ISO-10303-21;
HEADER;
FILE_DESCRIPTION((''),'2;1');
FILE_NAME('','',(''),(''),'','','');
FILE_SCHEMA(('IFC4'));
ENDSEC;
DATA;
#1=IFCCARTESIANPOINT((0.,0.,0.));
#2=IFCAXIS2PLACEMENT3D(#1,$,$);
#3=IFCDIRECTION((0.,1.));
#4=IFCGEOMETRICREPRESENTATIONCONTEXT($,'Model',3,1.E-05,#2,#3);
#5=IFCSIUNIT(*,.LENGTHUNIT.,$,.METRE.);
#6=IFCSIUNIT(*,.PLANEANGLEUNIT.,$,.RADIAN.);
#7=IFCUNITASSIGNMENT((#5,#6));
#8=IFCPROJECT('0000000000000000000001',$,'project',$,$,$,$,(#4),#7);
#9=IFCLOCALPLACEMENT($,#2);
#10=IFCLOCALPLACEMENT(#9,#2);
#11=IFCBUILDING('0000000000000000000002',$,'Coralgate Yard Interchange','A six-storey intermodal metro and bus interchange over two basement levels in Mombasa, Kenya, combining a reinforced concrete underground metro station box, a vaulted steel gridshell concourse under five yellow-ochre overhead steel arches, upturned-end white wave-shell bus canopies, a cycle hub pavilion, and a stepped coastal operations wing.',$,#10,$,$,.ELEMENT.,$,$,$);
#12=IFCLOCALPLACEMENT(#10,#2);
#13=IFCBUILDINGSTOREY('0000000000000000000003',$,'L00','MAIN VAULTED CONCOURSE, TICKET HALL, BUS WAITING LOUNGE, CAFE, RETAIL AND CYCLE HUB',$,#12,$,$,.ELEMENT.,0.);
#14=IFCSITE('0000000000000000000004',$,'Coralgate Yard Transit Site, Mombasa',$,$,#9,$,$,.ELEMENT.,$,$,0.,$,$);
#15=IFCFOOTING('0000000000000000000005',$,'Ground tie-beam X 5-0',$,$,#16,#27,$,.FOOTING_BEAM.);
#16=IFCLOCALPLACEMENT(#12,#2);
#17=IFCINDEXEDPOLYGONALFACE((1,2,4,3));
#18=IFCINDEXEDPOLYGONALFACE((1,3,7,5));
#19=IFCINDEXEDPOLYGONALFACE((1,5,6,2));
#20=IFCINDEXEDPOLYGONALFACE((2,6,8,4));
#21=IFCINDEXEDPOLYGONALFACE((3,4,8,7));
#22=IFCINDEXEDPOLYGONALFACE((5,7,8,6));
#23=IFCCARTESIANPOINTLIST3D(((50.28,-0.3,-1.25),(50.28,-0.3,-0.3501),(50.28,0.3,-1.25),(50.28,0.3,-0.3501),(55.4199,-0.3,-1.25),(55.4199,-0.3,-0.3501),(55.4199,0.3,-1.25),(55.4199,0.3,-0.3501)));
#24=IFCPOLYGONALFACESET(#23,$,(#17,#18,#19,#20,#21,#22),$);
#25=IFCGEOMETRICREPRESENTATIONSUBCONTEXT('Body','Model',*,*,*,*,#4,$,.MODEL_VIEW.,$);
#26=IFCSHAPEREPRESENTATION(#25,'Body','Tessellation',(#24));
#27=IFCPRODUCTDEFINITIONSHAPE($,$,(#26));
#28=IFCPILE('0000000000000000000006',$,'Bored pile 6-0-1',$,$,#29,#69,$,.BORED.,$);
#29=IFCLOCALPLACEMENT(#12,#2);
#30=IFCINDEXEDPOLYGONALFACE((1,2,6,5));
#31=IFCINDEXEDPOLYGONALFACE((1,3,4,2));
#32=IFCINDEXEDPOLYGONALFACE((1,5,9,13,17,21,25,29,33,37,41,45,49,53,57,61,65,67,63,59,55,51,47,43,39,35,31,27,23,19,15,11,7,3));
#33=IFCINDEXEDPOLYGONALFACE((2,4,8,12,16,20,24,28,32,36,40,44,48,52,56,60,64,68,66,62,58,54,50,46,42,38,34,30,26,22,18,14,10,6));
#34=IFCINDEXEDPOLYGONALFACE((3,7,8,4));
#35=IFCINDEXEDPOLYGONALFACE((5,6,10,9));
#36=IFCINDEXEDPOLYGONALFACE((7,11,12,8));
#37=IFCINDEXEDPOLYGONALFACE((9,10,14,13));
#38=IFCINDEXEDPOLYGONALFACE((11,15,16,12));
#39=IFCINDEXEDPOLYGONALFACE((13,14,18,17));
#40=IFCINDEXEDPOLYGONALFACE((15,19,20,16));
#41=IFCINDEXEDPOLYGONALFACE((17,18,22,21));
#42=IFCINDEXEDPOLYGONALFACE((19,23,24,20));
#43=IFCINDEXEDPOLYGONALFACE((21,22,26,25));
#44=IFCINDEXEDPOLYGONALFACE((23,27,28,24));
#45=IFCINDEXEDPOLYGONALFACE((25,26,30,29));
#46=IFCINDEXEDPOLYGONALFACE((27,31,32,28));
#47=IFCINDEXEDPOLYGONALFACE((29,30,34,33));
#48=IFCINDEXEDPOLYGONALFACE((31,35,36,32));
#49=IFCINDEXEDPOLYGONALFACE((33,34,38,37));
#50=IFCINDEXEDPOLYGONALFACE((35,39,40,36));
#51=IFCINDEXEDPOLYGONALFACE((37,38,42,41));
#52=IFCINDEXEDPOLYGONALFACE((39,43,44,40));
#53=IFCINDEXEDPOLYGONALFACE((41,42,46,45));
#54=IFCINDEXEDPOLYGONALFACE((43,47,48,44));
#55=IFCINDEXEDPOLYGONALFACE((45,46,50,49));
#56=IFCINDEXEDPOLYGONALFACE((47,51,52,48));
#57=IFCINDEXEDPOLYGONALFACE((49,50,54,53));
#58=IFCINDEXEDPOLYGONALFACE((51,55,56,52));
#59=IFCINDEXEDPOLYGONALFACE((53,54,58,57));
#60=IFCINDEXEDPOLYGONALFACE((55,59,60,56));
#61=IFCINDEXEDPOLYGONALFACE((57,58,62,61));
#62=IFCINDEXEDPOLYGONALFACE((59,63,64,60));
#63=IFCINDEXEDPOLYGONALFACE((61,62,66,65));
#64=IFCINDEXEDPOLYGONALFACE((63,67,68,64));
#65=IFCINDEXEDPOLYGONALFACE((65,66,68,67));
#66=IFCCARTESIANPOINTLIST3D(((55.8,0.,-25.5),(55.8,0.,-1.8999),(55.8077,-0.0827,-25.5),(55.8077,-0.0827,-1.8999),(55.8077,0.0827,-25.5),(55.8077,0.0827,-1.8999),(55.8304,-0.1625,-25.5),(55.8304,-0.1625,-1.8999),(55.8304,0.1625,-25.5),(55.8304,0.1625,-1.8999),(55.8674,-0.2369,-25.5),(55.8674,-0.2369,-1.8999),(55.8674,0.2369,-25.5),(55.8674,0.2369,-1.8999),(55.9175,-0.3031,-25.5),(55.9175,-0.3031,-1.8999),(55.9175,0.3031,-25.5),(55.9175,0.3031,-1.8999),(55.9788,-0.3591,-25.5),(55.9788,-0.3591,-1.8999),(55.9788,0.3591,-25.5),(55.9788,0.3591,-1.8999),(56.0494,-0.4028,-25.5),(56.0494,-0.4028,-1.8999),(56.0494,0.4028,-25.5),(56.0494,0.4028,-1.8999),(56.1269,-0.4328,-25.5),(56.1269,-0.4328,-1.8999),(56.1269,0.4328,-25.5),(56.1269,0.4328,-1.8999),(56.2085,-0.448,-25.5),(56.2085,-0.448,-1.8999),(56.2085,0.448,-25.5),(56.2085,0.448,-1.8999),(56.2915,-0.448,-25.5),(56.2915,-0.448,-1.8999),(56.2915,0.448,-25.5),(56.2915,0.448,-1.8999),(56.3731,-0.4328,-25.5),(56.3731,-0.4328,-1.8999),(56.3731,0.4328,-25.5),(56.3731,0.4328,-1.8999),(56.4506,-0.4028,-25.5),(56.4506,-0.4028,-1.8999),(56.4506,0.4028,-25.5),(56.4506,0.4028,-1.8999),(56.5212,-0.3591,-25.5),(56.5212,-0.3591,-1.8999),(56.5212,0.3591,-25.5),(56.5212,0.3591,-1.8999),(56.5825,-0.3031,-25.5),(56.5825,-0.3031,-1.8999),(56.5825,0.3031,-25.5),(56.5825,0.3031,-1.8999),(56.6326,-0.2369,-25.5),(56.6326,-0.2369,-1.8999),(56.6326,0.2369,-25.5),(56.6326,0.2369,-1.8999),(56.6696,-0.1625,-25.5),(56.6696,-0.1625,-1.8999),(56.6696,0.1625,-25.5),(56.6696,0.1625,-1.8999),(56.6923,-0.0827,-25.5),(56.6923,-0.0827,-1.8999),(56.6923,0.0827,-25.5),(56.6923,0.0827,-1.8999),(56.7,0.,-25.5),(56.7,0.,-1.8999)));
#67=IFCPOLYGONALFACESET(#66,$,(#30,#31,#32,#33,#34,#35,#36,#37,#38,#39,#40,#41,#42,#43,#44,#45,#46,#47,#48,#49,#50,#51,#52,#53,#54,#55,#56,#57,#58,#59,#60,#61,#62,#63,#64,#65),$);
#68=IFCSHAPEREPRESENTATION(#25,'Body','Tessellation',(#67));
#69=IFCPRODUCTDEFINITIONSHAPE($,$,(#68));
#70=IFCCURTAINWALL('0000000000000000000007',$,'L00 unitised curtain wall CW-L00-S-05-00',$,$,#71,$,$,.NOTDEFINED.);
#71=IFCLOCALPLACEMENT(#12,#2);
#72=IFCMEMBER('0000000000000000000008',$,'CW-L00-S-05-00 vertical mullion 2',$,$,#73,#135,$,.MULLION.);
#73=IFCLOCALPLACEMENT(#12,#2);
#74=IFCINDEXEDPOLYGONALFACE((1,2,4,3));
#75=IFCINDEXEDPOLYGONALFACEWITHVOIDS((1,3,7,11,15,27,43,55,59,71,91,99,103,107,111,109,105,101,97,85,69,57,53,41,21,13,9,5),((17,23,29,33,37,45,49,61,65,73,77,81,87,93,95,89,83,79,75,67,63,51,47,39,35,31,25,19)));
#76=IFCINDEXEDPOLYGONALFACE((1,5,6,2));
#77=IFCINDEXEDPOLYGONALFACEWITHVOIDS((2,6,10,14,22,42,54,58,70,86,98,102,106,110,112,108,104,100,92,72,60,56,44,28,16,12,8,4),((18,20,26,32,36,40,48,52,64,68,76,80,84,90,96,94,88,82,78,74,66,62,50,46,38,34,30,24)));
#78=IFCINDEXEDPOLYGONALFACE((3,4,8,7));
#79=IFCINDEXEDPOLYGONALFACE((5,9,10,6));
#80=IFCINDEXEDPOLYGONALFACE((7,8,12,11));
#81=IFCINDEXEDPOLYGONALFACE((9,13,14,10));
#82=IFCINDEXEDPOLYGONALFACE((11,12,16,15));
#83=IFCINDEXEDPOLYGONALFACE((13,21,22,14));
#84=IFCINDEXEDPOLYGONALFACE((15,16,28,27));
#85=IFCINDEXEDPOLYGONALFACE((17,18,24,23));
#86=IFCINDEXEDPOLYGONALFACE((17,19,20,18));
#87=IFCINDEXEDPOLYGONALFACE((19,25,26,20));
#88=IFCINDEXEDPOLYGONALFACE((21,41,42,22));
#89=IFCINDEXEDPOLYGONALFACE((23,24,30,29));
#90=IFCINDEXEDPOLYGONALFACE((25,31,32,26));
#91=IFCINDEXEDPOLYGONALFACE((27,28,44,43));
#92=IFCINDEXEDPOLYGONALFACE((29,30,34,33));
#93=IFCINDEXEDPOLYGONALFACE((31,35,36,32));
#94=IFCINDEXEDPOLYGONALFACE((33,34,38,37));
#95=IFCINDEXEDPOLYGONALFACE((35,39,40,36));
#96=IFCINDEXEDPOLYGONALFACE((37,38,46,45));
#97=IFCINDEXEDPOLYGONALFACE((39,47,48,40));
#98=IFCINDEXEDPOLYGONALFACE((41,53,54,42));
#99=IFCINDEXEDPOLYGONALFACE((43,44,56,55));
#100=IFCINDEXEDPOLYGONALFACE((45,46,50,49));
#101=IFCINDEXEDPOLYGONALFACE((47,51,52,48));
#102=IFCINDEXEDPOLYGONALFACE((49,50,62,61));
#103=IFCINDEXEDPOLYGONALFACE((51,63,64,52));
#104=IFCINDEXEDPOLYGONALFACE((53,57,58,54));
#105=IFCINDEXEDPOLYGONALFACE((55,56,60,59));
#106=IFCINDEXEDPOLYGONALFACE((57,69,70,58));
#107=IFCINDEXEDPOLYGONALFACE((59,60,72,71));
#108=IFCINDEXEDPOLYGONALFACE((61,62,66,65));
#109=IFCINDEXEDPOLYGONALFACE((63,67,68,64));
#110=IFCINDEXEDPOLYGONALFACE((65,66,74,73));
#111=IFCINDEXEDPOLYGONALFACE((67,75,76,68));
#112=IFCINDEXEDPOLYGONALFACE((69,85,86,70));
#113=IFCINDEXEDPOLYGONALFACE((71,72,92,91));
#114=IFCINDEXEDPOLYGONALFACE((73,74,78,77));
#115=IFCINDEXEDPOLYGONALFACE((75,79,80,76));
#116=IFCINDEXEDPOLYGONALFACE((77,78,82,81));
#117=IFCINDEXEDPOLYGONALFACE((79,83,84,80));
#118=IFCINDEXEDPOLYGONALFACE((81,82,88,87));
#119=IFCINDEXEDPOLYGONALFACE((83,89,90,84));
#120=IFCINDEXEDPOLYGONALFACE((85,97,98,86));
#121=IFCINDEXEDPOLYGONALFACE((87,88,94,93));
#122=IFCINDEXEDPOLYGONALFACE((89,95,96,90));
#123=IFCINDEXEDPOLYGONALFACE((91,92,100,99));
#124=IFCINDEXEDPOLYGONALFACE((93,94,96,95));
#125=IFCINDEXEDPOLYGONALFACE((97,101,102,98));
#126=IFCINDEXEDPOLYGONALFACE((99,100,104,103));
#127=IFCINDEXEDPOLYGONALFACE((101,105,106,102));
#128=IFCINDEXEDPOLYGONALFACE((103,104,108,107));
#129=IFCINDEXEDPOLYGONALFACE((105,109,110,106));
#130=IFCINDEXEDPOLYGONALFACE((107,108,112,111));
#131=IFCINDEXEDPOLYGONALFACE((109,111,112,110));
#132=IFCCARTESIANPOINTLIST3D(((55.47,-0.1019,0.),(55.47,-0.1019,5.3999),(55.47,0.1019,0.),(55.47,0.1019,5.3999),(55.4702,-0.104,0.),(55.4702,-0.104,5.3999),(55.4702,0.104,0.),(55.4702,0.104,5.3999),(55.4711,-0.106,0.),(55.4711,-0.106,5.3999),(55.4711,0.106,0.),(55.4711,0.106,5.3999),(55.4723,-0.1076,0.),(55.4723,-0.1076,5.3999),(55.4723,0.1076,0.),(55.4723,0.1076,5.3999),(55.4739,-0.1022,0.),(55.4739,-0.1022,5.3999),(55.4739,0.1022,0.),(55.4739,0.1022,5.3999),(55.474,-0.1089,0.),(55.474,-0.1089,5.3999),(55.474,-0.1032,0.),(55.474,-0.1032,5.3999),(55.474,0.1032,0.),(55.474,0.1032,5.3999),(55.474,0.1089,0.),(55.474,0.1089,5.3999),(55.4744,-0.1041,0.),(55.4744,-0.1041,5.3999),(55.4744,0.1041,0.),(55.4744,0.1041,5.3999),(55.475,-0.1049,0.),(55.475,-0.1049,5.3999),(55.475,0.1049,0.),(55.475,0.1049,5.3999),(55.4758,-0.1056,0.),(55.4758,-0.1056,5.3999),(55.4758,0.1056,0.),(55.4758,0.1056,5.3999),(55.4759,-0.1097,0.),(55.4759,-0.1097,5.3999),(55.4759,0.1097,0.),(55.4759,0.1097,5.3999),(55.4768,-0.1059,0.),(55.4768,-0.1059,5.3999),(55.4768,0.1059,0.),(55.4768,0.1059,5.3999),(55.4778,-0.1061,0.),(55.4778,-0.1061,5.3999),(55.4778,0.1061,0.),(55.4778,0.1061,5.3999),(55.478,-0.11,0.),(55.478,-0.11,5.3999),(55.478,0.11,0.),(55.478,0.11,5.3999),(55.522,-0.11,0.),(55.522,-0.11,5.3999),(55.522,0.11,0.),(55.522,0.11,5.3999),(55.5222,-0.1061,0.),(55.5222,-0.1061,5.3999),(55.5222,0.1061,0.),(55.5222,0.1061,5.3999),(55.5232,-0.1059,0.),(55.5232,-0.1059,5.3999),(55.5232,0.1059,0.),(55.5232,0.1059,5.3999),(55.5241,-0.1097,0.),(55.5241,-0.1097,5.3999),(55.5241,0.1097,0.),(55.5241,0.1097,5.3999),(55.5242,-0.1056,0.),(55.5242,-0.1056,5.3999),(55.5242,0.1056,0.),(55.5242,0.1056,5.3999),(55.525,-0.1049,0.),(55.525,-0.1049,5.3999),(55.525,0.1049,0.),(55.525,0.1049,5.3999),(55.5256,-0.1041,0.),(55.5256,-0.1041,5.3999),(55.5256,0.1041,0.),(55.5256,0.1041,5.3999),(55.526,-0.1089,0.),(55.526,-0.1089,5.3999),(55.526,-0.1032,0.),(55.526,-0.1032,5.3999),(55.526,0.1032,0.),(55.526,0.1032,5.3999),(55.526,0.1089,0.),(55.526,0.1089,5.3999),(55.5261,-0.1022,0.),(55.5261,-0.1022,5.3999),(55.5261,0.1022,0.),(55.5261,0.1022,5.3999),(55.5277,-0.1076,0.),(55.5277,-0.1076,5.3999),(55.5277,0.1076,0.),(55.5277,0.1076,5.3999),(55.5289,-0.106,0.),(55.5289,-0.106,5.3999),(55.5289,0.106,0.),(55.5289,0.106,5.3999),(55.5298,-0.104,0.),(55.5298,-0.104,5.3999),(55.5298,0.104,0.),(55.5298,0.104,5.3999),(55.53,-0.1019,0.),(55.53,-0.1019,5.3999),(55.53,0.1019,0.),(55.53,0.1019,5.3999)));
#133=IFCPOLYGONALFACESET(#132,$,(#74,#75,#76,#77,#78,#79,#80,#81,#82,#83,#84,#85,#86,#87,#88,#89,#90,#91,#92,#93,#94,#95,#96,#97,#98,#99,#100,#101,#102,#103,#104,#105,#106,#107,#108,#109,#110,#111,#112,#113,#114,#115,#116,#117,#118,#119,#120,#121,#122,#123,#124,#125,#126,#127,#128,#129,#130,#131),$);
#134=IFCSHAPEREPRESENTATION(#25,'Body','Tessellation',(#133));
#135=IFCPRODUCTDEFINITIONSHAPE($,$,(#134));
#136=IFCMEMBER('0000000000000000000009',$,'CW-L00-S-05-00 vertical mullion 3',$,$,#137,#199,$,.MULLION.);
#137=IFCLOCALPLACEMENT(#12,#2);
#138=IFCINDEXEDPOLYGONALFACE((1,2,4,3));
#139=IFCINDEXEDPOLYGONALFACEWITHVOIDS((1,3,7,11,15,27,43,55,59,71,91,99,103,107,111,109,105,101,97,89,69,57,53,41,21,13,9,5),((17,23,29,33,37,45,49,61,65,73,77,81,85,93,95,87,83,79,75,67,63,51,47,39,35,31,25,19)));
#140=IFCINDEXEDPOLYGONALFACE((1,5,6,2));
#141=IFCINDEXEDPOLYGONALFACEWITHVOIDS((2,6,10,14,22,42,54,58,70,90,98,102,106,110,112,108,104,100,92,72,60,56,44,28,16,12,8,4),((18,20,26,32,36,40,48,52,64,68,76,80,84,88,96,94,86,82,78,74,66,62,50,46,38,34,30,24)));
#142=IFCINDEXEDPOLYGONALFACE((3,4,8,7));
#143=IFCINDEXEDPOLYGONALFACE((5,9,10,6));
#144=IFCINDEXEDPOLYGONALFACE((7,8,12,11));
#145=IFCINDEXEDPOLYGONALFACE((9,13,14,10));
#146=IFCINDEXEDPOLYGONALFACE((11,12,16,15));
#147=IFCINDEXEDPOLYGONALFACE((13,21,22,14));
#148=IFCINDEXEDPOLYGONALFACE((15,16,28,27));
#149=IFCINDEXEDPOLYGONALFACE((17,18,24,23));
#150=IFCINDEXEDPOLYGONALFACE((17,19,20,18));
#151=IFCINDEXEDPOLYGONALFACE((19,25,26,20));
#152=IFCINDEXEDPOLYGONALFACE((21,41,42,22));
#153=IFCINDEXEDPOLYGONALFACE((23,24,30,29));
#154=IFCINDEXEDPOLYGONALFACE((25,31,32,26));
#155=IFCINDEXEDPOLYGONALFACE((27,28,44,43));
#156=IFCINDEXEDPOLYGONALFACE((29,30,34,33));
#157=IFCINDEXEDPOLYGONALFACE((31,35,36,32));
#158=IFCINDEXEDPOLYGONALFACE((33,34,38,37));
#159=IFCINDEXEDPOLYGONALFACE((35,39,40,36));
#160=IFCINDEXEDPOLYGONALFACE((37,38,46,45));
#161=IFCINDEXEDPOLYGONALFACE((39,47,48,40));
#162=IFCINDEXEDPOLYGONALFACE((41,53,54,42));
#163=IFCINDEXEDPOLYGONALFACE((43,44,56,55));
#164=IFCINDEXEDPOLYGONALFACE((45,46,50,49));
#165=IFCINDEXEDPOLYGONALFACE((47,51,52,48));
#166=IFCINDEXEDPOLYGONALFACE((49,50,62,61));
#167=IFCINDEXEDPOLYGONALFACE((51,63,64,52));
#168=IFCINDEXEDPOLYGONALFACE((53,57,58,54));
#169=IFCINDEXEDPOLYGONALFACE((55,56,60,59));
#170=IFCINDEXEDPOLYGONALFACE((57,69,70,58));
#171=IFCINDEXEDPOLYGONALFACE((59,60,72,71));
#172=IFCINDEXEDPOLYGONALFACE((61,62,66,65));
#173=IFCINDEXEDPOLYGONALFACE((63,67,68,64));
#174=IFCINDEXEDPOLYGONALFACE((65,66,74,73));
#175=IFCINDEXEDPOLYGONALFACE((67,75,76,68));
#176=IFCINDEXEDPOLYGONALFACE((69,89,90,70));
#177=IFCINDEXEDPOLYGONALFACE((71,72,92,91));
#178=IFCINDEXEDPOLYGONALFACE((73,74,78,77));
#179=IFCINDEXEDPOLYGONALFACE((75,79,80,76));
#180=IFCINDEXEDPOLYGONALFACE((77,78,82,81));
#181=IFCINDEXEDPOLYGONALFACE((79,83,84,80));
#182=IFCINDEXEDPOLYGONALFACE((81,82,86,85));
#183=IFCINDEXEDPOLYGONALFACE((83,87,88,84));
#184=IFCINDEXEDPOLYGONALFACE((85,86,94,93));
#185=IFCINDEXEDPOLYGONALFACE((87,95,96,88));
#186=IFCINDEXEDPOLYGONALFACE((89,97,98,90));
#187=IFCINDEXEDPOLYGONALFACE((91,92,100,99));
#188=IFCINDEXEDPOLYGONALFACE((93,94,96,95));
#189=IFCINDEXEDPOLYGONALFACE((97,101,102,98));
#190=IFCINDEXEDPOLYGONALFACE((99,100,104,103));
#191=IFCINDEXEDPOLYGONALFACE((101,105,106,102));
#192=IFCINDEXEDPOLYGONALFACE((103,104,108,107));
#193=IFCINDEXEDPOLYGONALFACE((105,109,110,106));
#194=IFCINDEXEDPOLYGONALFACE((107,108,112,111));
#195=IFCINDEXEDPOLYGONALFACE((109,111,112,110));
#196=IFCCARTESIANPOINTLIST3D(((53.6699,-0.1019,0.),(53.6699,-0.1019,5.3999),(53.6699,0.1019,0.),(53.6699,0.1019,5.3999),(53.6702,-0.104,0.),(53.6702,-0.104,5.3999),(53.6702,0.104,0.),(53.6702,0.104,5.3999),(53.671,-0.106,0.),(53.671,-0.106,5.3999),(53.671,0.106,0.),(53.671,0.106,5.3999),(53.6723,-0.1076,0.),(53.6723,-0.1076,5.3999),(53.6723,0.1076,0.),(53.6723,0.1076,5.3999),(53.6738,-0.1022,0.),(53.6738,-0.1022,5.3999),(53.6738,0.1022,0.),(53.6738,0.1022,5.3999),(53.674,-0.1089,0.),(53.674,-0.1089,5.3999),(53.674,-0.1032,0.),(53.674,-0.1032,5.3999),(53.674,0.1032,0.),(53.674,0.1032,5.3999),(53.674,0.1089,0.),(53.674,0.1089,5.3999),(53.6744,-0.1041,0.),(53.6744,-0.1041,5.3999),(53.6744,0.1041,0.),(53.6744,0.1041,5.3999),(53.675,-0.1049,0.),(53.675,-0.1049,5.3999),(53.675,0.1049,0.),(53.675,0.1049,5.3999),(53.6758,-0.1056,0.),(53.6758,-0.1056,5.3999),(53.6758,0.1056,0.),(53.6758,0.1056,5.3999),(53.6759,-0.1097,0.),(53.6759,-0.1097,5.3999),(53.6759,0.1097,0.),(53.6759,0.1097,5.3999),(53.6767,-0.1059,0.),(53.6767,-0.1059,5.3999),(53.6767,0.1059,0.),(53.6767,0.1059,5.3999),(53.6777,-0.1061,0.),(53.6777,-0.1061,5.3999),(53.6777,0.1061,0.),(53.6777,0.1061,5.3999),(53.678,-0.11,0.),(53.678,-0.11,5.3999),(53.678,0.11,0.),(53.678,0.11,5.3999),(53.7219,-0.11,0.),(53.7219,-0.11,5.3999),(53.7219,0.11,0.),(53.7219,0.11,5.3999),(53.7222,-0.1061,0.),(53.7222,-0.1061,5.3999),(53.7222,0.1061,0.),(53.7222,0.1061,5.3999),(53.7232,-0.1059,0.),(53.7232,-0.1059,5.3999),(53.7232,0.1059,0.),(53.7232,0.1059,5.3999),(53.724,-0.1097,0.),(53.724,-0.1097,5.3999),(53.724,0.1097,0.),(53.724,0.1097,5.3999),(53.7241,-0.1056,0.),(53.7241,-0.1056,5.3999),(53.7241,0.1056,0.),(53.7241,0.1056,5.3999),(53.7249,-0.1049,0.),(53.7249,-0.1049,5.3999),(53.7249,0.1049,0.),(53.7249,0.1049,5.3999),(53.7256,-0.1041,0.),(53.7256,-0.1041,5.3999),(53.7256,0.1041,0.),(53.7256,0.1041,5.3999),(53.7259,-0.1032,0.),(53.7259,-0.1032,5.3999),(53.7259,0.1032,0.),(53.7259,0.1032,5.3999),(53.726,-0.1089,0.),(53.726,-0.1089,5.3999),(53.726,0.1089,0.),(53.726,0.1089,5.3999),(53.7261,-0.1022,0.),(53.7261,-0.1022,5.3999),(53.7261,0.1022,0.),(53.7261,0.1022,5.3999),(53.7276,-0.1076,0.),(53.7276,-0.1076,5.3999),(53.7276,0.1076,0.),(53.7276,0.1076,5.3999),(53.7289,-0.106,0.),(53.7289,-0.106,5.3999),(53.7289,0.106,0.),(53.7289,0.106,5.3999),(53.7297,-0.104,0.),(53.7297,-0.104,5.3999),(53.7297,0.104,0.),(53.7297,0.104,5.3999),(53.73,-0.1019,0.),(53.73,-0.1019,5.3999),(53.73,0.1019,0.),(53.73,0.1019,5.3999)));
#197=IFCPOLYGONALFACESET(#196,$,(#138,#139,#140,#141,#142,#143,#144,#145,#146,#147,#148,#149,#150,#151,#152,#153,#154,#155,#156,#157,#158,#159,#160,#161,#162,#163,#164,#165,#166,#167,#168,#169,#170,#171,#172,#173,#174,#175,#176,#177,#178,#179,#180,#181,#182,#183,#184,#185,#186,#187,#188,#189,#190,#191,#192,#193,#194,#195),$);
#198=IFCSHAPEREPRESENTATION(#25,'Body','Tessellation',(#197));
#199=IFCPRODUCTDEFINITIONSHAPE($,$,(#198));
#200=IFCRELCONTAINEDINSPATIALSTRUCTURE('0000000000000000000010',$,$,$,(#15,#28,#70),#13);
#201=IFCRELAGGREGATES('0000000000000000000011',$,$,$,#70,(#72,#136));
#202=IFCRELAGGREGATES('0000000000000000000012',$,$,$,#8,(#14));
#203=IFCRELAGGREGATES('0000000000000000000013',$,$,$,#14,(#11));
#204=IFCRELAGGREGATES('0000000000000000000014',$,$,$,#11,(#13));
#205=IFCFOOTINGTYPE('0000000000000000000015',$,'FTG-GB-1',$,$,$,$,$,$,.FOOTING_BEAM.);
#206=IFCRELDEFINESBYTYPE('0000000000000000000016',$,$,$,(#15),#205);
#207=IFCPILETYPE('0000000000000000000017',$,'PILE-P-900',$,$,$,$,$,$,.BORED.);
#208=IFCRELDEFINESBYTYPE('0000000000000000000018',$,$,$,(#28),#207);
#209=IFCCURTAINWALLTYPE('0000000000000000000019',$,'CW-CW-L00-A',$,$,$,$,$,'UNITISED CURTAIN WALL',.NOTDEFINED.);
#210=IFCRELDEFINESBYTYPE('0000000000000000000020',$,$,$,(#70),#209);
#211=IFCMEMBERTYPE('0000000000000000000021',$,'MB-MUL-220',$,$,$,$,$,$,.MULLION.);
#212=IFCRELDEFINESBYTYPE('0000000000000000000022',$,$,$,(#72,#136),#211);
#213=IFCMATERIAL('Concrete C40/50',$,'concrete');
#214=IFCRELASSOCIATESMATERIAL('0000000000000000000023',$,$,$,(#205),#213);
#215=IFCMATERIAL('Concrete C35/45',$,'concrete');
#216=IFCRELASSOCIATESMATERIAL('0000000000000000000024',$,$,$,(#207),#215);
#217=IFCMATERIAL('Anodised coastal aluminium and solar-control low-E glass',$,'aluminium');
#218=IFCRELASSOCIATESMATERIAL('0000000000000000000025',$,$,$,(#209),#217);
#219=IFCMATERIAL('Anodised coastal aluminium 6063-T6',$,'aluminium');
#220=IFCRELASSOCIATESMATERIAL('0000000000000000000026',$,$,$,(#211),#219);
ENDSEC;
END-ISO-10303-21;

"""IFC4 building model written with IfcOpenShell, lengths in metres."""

from ifc_helpers import new_model, si_unit, direction, frame, origin, origin_2d, place, context, subcontext, project, spatial, rectangle, hollow_rectangle, circle, extrude, material, material_profile, profile_set, type_object, element, aggregate, save


model = new_model("IFC4")

# Units and contexts
model_context = context("Model", 3, precision=1e-05, world=origin(), true_north=direction((0.0, 1.0)))
body_context = subcontext(model_context, "Body", "Model", "MODEL_VIEW")
ifc_project = project(units=[si_unit("LENGTHUNIT", "METRE"), si_unit("PLANEANGLEUNIT", "RADIAN")], contexts=[model_context])

# Site, building, storey
site_placement = place(None, origin())
site = spatial("IfcSite", under=ifc_project, at=site_placement, Name="Coralgate Yard Transit Site, Mombasa", CompositionType="ELEMENT", RefElevation=0.0)
building_placement = place(site_placement, origin())
building = spatial("IfcBuilding", under=site, at=building_placement, Name="Coralgate Yard Interchange", Description="A six-storey intermodal metro and bus interchange over two basement levels in Mombasa, Kenya, combining a reinforced concrete underground metro station box, a vaulted steel gridshell concourse under five yellow-ochre overhead steel arches, upturned-end white wave-shell bus canopies, a cycle hub pavilion, and a stepped coastal operations wing.", CompositionType="ELEMENT")
storey_placement = place(building_placement, origin())
storey = spatial("IfcBuildingStorey", under=building, at=storey_placement, Name="L00", Description="MAIN VAULTED CONCOURSE, TICKET HALL, BUS WAITING LOUNGE, CAFE, RETAIL AND CYCLE HUB", CompositionType="ELEMENT", Elevation=0.0)

# Footing
ifc_material_1 = material(Name="Concrete C40/50", Category="concrete")
ifc_material_profile_1 = material_profile(ifc_material_1, rectangle(XDim=0.6001, YDim=0.8999, at=origin_2d()), Name="RC 600x900")
ifc_profile_set_1 = profile_set([ifc_material_profile_1], Name="Concrete C40/50")
footing_type = type_object("IfcFootingType", Name="FTG-GB-1", PredefinedType="FOOTING_BEAM", material=ifc_profile_set_1)
footing_placement = place(storey_placement, frame((50.28, 0.0, -0.8), z_axis=(1.0, 0.0, 0.0), x_axis=(0.0, 1.0, 0.0)))
element("IfcFooting", 1, at=footing_placement, inside=storey, type_object=footing_type, Name="Ground tie-beam X 5-0", PredefinedType="FOOTING_BEAM", context=body_context, shape_type="SweptSolid", body=[
    extrude(rectangle(XDim=0.6001, YDim=0.8999, at=origin_2d()), origin(), (0.0, 0.0, 1.0), 5.1399),
])

# Pile
ifc_material_2 = material(Name="Concrete C35/45", Category="concrete")
ifc_material_profile_2 = material_profile(ifc_material_2, circle(Radius=0.45, at=origin_2d()), Name="BORED PILE D900")
ifc_profile_set_2 = profile_set([ifc_material_profile_2], Name="Concrete C35/45")
pile_type = type_object("IfcPileType", Name="PILE-P-900", PredefinedType="BORED", material=ifc_profile_set_2)
pile_placement = place(storey_placement, frame((56.25, 0.0, -1.8999), z_axis=(0.0, 0.0, -1.0), x_axis=(1.0, 0.0, 0.0)))
element("IfcPile", 2, at=pile_placement, inside=storey, type_object=pile_type, Name="Bored pile 6-0-1", PredefinedType="BORED", context=body_context, shape_type="SweptSolid", body=[
    extrude(circle(Radius=0.45, at=origin_2d()), origin(), (0.0, 0.0, 1.0), 23.6001),
])

# Curtain wall, members
ifc_material_3 = material(Name="Anodised coastal aluminium and solar-control low-E glass", Category="aluminium")
curtain_wall_type = type_object("IfcCurtainWallType", Name="CW-CW-L00-A", ElementType="UNITISED CURTAIN WALL", PredefinedType="NOTDEFINED", material=ifc_material_3)
curtain_wall_placement = place(storey_placement, origin())
curtain_wall = element("IfcCurtainWall", 3, at=curtain_wall_placement, inside=storey, type_object=curtain_wall_type, Name="L00 unitised curtain wall CW-L00-S-05-00", PredefinedType="NOTDEFINED")
ifc_material_4 = material(Name="Anodised coastal aluminium 6063-T6", Category="aluminium")
ifc_material_profile_3 = material_profile(ifc_material_4, hollow_rectangle(XDim=0.0601, YDim=0.22, WallThickness=0.0039, InnerFilletRadius=0.0039, OuterFilletRadius=0.0081, at=origin_2d()), Name="ALU 60x220x4")
ifc_profile_set_3 = profile_set([ifc_material_profile_3], Name="Anodised coastal aluminium 6063-T6")
member_type_1 = type_object("IfcMemberType", Name="MB-MUL-220", PredefinedType="MULLION", material=ifc_profile_set_3)
member_1_placement = place(storey_placement, frame((55.5, 0.0, 0.0), z_axis=(0.0, 0.0, 1.0), x_axis=(1.0, 0.0, 0.0)))
member_1 = element("IfcMember", 4, at=member_1_placement, type_object=member_type_1, Name="CW-L00-S-05-00 vertical mullion 2", PredefinedType="MULLION", context=body_context, shape_type="SweptSolid", body=[
    extrude(hollow_rectangle(XDim=0.0601, YDim=0.22, WallThickness=0.0039, InnerFilletRadius=0.0039, OuterFilletRadius=0.0081, at=origin_2d()), origin(), (0.0, 0.0, 1.0), 5.3999),
])
member_2_placement = place(storey_placement, frame((53.7, 0.0, 0.0), z_axis=(0.0, 0.0, 1.0), x_axis=(1.0, 0.0, 0.0)))
member_2 = element("IfcMember", 5, at=member_2_placement, type_object=member_type_1, Name="CW-L00-S-05-00 vertical mullion 3", PredefinedType="MULLION", context=body_context, shape_type="SweptSolid", body=[
    extrude(hollow_rectangle(XDim=0.0601, YDim=0.22, WallThickness=0.0039, InnerFilletRadius=0.0039, OuterFilletRadius=0.0081, at=origin_2d()), origin(), (0.0, 0.0, 1.0), 5.3999),
])
aggregate(curtain_wall, [member_1, member_2])

save(model, "model.ifc")
